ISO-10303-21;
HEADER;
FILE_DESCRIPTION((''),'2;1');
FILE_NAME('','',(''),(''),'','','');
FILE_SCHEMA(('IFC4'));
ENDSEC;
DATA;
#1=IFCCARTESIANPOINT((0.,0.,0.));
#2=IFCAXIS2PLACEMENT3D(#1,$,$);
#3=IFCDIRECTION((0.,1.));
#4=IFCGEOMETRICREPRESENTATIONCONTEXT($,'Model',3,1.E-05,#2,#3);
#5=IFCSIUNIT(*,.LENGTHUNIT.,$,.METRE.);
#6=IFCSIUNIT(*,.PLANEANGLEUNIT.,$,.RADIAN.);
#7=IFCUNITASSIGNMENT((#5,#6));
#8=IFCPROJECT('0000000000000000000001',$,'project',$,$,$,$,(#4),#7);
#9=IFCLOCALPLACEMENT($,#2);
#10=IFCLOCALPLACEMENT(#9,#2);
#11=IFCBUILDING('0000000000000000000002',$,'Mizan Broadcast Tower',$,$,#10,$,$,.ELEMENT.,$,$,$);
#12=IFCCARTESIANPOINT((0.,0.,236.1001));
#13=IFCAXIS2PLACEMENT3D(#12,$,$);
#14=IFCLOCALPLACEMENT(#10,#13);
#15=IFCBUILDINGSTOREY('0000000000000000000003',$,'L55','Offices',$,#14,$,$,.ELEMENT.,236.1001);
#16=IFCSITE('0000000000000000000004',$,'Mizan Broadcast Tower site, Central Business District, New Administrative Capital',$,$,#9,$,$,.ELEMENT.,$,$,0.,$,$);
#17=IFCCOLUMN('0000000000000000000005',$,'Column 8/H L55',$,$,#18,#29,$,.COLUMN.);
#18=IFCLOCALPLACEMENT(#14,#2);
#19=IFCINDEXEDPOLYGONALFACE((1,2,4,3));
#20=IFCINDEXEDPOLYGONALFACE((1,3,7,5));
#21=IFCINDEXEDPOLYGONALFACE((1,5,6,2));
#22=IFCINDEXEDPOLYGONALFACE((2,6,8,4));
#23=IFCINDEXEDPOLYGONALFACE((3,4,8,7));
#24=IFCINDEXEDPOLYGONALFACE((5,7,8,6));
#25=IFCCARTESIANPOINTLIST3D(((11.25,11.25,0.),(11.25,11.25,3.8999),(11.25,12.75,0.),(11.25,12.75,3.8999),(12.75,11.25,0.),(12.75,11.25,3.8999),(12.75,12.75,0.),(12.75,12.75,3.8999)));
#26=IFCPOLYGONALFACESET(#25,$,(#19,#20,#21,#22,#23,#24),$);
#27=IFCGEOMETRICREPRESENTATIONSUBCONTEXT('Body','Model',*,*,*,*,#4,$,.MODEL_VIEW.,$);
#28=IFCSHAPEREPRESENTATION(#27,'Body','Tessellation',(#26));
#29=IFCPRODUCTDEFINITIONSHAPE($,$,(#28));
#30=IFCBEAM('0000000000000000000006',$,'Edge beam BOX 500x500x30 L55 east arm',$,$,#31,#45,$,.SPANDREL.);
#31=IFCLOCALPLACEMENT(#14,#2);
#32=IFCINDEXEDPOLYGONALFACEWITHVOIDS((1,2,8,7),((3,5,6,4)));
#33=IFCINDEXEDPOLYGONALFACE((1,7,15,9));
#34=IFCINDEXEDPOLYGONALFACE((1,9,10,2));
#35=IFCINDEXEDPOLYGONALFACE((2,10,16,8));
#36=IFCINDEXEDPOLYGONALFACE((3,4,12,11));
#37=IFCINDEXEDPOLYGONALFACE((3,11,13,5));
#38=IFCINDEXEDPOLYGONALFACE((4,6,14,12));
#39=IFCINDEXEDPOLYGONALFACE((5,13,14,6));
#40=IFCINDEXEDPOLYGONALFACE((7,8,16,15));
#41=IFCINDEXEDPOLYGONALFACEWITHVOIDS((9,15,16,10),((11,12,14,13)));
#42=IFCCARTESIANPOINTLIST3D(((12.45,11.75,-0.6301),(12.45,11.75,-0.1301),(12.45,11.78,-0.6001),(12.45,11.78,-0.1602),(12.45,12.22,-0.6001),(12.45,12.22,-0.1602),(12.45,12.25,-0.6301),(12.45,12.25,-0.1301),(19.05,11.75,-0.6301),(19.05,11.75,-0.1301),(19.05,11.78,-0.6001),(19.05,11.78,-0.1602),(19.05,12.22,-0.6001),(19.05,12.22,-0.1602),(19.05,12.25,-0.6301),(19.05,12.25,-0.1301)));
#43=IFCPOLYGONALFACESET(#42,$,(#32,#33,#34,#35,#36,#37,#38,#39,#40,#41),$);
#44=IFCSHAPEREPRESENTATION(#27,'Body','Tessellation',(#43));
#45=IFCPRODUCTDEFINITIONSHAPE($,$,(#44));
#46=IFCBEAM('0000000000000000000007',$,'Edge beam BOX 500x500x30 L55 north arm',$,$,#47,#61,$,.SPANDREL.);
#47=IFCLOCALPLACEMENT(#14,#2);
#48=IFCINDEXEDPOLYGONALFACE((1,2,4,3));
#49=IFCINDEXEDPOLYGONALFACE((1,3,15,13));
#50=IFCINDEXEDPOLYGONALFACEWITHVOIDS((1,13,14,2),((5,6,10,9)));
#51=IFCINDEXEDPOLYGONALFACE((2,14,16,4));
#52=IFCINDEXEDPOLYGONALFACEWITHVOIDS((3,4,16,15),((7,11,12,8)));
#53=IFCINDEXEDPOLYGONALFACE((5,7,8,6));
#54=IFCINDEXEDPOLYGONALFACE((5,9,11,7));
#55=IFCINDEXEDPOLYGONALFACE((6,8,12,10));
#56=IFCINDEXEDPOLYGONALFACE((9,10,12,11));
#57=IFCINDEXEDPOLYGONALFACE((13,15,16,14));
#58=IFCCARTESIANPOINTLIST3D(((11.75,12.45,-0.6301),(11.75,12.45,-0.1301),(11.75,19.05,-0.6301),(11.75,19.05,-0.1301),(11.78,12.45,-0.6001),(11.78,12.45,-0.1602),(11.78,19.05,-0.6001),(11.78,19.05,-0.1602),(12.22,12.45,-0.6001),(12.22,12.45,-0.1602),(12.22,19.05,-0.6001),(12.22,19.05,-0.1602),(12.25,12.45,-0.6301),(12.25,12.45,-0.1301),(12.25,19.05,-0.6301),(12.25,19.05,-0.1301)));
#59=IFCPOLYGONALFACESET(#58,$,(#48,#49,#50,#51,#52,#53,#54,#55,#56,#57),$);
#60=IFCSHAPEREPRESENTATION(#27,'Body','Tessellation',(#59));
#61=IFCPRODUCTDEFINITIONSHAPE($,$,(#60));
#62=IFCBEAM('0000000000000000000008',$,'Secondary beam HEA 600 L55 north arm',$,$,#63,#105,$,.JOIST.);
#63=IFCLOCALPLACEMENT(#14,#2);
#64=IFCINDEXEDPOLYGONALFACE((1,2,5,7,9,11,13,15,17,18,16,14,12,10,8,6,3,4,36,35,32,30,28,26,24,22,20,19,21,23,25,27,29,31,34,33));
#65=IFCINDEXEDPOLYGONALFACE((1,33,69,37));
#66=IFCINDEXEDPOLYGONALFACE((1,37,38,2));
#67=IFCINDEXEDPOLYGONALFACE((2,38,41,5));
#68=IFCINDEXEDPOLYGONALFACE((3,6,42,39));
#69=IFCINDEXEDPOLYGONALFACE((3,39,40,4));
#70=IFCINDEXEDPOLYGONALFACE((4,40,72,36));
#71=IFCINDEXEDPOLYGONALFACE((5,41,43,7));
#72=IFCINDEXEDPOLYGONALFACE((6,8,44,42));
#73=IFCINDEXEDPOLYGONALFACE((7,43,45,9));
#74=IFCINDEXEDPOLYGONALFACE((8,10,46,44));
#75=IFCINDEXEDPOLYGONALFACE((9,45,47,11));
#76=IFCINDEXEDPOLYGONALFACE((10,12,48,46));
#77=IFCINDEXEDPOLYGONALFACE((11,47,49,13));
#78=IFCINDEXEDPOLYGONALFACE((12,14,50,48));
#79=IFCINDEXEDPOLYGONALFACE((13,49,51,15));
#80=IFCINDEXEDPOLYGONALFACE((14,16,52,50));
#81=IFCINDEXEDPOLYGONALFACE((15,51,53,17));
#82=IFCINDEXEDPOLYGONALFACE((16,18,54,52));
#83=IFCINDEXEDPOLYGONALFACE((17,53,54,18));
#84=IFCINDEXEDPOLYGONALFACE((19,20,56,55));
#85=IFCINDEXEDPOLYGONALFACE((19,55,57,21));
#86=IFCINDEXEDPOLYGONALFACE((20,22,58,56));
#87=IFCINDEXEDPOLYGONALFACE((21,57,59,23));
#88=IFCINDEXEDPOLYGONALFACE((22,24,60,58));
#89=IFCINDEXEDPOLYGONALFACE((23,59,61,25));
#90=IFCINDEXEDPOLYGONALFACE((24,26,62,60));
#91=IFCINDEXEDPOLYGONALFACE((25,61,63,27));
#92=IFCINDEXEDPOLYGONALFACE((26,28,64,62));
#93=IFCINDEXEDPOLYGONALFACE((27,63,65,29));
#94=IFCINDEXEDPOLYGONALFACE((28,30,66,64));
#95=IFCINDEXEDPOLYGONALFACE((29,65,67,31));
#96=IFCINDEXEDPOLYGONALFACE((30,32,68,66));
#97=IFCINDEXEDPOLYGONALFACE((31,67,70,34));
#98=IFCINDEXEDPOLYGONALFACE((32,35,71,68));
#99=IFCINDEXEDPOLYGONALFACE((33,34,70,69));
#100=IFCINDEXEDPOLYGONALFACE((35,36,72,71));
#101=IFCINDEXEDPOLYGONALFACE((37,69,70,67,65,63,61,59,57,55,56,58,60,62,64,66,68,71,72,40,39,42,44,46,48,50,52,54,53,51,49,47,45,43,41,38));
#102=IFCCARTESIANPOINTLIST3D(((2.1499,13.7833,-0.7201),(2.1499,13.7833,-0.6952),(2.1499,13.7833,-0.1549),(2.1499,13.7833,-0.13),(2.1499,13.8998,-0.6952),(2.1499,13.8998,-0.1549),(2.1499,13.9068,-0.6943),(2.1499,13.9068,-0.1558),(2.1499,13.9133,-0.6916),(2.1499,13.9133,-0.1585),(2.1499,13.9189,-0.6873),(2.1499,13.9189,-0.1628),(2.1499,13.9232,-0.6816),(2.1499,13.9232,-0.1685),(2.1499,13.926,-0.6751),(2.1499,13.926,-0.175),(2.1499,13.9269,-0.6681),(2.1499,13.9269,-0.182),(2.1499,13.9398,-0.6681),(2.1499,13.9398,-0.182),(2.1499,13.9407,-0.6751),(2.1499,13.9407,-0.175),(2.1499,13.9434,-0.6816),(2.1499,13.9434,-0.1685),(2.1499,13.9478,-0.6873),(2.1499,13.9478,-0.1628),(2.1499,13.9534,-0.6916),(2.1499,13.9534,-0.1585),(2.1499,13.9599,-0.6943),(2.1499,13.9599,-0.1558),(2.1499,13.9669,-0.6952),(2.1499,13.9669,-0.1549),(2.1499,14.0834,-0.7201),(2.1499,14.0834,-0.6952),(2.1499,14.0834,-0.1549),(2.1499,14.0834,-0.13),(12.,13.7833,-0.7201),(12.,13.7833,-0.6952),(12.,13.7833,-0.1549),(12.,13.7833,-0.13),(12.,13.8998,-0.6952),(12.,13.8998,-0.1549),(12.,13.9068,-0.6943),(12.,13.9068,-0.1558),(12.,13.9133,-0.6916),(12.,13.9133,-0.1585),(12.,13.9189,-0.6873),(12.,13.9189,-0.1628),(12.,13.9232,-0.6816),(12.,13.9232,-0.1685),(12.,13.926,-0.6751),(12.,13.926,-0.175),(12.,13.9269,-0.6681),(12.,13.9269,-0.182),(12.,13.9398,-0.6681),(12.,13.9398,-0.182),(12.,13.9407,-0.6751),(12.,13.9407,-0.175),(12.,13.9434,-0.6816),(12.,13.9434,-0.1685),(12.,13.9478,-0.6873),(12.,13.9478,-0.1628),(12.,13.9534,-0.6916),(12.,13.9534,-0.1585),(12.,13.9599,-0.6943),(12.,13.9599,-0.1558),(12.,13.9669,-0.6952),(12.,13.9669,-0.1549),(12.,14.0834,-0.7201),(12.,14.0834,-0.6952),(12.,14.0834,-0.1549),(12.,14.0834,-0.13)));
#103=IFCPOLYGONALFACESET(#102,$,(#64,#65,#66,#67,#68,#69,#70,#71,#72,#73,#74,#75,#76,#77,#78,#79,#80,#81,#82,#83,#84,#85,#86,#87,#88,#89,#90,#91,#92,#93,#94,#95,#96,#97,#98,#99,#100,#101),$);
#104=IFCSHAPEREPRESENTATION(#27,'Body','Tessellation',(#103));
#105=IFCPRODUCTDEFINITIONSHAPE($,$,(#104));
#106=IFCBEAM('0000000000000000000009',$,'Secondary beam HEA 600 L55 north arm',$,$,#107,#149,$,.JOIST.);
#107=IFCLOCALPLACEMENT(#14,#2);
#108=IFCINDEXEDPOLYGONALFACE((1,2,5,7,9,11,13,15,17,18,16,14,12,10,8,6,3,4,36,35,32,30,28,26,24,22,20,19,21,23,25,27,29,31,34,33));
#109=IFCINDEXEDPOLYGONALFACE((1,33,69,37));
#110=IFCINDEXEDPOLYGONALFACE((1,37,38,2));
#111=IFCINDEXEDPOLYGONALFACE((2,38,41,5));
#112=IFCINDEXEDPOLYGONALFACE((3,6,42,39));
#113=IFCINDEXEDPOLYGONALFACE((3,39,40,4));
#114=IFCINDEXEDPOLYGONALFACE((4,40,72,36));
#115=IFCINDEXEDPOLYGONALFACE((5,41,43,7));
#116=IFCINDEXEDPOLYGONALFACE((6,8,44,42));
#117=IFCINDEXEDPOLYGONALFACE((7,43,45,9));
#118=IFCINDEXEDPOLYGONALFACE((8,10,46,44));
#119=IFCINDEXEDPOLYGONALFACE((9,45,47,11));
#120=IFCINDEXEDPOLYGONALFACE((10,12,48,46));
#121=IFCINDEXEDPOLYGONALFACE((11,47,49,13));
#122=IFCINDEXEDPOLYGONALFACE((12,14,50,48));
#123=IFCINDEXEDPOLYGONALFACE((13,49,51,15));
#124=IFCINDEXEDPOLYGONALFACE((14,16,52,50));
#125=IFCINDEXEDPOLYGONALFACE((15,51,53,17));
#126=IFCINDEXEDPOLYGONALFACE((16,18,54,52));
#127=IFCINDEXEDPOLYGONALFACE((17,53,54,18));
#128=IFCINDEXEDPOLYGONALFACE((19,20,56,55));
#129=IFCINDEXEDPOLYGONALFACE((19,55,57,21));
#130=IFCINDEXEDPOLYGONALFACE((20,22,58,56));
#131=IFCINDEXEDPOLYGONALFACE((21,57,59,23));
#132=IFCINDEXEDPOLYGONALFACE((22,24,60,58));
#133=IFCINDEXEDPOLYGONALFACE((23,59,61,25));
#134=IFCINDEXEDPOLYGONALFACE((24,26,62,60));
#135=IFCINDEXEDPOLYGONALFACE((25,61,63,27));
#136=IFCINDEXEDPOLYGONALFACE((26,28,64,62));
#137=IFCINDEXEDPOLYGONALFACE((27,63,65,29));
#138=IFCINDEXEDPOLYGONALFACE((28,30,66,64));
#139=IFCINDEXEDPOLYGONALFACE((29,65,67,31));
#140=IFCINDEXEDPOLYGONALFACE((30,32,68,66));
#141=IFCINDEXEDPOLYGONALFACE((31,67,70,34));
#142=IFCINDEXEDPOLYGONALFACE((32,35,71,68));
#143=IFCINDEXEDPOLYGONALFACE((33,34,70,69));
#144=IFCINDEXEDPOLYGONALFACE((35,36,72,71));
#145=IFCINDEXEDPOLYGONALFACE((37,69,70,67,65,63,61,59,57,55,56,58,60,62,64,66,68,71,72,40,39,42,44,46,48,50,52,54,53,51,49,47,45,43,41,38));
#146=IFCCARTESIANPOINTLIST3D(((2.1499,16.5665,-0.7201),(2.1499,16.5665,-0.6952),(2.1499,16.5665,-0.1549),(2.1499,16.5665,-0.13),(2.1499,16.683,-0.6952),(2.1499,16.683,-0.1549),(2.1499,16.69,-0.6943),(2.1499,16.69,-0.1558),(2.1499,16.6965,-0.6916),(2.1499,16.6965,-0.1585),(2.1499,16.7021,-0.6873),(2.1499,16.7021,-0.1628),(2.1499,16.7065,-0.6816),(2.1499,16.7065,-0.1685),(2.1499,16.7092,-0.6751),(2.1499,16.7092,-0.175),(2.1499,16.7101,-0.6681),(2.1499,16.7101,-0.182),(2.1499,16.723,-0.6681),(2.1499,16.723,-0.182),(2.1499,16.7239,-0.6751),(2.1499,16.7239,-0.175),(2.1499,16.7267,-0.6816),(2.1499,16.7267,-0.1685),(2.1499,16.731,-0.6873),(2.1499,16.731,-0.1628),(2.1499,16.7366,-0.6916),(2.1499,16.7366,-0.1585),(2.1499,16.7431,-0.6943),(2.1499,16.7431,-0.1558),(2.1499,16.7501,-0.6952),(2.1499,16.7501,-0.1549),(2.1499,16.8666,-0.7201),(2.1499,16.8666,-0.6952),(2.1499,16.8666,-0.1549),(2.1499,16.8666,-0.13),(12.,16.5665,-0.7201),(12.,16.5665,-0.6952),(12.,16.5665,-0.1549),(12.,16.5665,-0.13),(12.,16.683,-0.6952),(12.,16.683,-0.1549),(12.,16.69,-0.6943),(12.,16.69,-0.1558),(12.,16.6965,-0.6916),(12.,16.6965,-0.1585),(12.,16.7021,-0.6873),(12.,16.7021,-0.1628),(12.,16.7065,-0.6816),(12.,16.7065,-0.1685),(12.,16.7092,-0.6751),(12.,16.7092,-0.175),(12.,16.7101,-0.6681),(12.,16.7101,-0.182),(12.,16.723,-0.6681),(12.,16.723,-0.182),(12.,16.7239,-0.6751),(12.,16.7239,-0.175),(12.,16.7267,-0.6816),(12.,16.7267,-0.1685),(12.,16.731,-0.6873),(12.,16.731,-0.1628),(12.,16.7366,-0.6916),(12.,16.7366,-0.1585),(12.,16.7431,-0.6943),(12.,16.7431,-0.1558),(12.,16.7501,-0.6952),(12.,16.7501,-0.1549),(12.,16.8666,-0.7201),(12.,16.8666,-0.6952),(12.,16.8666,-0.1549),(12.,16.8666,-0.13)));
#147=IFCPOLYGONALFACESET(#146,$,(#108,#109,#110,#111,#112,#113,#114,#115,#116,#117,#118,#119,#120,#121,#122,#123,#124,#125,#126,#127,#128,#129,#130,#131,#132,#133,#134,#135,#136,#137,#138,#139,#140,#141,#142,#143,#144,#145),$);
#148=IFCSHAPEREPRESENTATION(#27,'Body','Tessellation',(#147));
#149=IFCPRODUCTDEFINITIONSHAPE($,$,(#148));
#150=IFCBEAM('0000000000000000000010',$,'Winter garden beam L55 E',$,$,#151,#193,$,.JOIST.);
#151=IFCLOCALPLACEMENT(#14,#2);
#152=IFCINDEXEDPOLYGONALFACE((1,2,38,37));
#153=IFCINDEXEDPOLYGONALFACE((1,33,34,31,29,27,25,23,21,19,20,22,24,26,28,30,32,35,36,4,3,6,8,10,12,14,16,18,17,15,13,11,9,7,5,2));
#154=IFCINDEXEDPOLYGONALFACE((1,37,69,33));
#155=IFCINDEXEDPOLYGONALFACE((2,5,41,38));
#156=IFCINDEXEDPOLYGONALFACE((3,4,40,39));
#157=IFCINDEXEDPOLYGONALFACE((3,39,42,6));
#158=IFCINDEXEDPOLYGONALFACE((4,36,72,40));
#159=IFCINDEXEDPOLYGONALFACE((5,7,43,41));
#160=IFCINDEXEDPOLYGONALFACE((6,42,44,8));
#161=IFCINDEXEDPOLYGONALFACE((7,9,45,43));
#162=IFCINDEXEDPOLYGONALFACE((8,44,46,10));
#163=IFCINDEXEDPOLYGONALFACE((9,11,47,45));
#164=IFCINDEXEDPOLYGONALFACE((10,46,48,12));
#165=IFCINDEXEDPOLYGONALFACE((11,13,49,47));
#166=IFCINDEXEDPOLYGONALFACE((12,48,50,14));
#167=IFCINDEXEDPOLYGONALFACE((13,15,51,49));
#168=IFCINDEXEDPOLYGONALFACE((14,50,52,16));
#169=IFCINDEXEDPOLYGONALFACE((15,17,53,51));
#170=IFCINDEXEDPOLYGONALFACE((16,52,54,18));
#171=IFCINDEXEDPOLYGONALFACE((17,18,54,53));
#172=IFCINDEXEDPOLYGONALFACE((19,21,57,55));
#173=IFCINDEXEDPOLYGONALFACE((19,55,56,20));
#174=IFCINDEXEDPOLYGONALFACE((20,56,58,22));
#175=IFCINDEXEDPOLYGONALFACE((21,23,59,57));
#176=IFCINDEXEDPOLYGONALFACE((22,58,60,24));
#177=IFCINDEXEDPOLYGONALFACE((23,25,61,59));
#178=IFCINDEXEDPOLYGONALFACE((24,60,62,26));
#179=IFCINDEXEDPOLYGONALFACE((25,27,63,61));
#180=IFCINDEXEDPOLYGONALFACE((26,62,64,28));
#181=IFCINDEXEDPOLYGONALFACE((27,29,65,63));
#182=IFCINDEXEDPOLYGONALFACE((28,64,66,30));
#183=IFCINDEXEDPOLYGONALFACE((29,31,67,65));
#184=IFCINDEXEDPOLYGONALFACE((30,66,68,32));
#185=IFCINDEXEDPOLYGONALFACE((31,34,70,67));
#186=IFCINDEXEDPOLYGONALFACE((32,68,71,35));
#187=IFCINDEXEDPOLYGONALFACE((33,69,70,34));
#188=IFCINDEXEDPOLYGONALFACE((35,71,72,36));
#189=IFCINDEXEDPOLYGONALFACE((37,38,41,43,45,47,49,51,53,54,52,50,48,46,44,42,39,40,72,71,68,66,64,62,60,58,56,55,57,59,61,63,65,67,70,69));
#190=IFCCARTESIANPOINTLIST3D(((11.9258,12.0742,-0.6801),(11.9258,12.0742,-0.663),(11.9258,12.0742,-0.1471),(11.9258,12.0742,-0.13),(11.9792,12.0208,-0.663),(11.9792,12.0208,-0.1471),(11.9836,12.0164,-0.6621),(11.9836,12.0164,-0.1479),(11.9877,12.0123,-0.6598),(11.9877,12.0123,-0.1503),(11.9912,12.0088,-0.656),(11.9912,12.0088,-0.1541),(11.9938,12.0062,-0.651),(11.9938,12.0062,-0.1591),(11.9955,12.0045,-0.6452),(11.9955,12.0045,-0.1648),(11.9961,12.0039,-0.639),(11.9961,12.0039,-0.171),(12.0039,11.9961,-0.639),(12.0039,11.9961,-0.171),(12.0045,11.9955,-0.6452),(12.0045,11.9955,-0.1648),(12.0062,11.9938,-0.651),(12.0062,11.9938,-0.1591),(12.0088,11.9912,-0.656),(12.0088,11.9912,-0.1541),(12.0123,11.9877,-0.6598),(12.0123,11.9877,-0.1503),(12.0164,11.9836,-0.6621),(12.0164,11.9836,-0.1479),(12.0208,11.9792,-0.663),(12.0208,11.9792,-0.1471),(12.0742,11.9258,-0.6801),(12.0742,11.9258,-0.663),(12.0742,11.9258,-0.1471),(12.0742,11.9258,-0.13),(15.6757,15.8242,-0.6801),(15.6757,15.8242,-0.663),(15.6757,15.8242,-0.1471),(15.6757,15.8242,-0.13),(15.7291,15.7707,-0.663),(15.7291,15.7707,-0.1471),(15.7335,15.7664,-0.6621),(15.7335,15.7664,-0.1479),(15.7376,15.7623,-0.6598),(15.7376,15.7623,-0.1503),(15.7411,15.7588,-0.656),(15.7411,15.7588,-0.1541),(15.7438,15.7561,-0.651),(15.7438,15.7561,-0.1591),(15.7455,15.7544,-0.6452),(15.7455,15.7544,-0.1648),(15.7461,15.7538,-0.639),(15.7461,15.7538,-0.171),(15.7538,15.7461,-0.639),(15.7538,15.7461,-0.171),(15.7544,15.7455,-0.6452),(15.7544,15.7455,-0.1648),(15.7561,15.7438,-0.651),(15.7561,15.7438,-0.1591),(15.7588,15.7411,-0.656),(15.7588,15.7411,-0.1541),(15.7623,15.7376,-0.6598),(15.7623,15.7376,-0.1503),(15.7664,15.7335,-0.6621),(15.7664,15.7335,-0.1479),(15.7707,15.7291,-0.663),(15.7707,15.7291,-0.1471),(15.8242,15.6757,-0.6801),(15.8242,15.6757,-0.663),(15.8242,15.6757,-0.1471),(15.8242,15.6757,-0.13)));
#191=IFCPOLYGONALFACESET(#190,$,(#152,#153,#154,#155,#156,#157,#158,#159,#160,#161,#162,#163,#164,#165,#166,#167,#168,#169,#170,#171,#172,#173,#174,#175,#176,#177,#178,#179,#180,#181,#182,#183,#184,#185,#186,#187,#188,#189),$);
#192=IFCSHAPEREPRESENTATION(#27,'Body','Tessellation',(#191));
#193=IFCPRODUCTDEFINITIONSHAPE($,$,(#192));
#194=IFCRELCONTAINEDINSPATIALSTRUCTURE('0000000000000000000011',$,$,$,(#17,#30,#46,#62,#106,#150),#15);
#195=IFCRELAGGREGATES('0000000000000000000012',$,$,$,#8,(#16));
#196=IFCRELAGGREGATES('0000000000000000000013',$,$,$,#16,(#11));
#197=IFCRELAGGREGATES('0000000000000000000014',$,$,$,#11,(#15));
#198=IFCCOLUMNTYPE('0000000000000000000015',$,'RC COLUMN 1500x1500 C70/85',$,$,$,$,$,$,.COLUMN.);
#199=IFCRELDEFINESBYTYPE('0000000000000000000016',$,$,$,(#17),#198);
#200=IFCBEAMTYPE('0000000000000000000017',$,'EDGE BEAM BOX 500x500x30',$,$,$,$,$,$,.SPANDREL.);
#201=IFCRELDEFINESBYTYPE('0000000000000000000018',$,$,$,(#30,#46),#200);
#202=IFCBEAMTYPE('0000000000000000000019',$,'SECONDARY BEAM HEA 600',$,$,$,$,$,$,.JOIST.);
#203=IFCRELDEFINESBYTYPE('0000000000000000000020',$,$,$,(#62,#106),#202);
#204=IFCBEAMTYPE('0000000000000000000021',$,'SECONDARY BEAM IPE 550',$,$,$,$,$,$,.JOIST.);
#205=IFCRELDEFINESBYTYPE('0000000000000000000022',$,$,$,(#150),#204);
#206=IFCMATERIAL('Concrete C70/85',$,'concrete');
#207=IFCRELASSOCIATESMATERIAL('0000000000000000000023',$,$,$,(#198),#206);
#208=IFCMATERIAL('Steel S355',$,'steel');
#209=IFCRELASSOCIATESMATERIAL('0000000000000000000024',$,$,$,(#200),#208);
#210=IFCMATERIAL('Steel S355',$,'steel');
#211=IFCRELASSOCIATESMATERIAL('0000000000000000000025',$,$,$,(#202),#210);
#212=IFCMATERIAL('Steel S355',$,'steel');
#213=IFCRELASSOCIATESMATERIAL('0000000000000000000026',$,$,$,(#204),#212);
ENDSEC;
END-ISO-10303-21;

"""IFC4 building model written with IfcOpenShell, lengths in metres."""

from ifc_helpers import new_model, si_unit, direction, frame, origin, origin_2d, place, context, subcontext, project, spatial, rectangle, hollow_rectangle, i_section, extrude, material, material_profile, profile_set, type_object, element, save


model = new_model("IFC4")

# Units and contexts
model_context = context("Model", 3, precision=1e-05, world=origin(), true_north=direction((0.0, 1.0)))
body_context = subcontext(model_context, "Body", "Model", "MODEL_VIEW")
ifc_project = project(units=[si_unit("LENGTHUNIT", "METRE"), si_unit("PLANEANGLEUNIT", "RADIAN")], contexts=[model_context])

# Site, building, storey
site_placement = place(None, origin())
site = spatial("IfcSite", under=ifc_project, at=site_placement, Name="Mizan Broadcast Tower site, Central Business District, New Administrative Capital", CompositionType="ELEMENT", RefElevation=0.0)
building_placement = place(site_placement, origin())
building = spatial("IfcBuilding", under=site, at=building_placement, Name="Mizan Broadcast Tower", CompositionType="ELEMENT")
storey_placement = place(building_placement, frame((0.0, 0.0, 236.1001)))
storey = spatial("IfcBuildingStorey", under=building, at=storey_placement, Name="L55", Description="Offices", CompositionType="ELEMENT", Elevation=236.1001)

# Column
ifc_material_1 = material(Name="Concrete C70/85", Category="concrete")
ifc_material_profile_1 = material_profile(ifc_material_1, rectangle(XDim=1.5, YDim=1.5, at=origin_2d()), Name="RC 1500x1500")
ifc_profile_set_1 = profile_set([ifc_material_profile_1], Name="Concrete C70/85")
column_type = type_object("IfcColumnType", Name="RC COLUMN 1500x1500 C70/85", PredefinedType="COLUMN", material=ifc_profile_set_1)
column_placement = place(storey_placement, frame((12.0, 12.0, 0.0), z_axis=(0.0, 0.0, 1.0), x_axis=(1.0, 0.0, 0.0)))
element("IfcColumn", 1, at=column_placement, inside=storey, type_object=column_type, Name="Column 8/H L55", PredefinedType="COLUMN", context=body_context, shape_type="SweptSolid", body=[
    extrude(rectangle(XDim=1.5, YDim=1.5, at=origin_2d()), origin(), (0.0, 0.0, 1.0), 3.8999),
])

# Beams
ifc_material_2 = material(Name="Steel S355", Category="steel")
ifc_material_profile_2 = material_profile(ifc_material_2, hollow_rectangle(XDim=0.5, YDim=0.5, WallThickness=0.03, at=origin_2d()), Name="BOX 500x500x30")
ifc_profile_set_2 = profile_set([ifc_material_profile_2], Name="Steel S355")
beam_type_1 = type_object("IfcBeamType", Name="EDGE BEAM BOX 500x500x30", PredefinedType="SPANDREL", material=ifc_profile_set_2)
for number, where, z_axis, x_axis, name in (
    (2, (12.45, 12.0, -0.3801), (1.0, 0.0, 0.0), (0.0, 1.0, 0.0), "Edge beam BOX 500x500x30 L55 east arm"),
    (3, (12.0, 12.45, -0.3801), (0.0, 1.0, 0.0), (-1.0, 0.0, 0.0), "Edge beam BOX 500x500x30 L55 north arm"),
):
    element("IfcBeam", number, at=place(storey_placement, frame(where, z_axis=z_axis, x_axis=x_axis)), inside=storey, type_object=beam_type_1, Name=name, PredefinedType="SPANDREL", context=body_context, shape_type="SweptSolid", body=[
        extrude(hollow_rectangle(XDim=0.5, YDim=0.5, WallThickness=0.03, at=origin_2d()), origin(), (0.0, 0.0, 1.0), 6.6001),
    ])
ifc_material_3 = material(Name="Steel S355", Category="steel")
ifc_material_profile_3 = material_profile(ifc_material_3, i_section(OverallWidth=0.3, OverallDepth=0.5901, WebThickness=0.0129, FlangeThickness=0.0249, FilletRadius=0.0271, at=origin_2d()), Name="HEA 600")
ifc_profile_set_3 = profile_set([ifc_material_profile_3], Name="Steel S355")
beam_type_2 = type_object("IfcBeamType", Name="SECONDARY BEAM HEA 600", PredefinedType="JOIST", material=ifc_profile_set_3)
for number, where, z_axis, x_axis, name in (
    (4, (12.0, 13.9333, -0.425), (-1.0, 0.0, 0.0), (0.0, -1.0, 0.0), "Secondary beam HEA 600 L55 north arm"),
    (5, (12.0, 16.7166, -0.425), (-1.0, 0.0, 0.0), (0.0, -1.0, 0.0), "Secondary beam HEA 600 L55 north arm"),
):
    element("IfcBeam", number, at=place(storey_placement, frame(where, z_axis=z_axis, x_axis=x_axis)), inside=storey, type_object=beam_type_2, Name=name, PredefinedType="JOIST", context=body_context, shape_type="SweptSolid", body=[
        extrude(i_section(OverallWidth=0.3, OverallDepth=0.5901, WebThickness=0.0129, FlangeThickness=0.0249, FilletRadius=0.0271, at=origin_2d()), origin(), (0.0, 0.0, 1.0), 9.8501),
    ])
ifc_material_4 = material(Name="Steel S355", Category="steel")
ifc_material_profile_4 = material_profile(ifc_material_4, i_section(OverallWidth=0.21, OverallDepth=0.55, WebThickness=0.011, FlangeThickness=0.0171, FilletRadius=0.0239, at=origin_2d()), Name="IPE 550")
ifc_profile_set_4 = profile_set([ifc_material_profile_4], Name="Steel S355")
beam_type_3 = type_object("IfcBeamType", Name="SECONDARY BEAM IPE 550", PredefinedType="JOIST", material=ifc_profile_set_4)
beam_placement = place(storey_placement, frame((12.0, 12.0, -0.405), z_axis=(0.707107, 0.707107, 0.0), x_axis=(-0.707107, 0.707107, 0.0)))
element("IfcBeam", 6, at=beam_placement, inside=storey, type_object=beam_type_3, Name="Winter garden beam L55 E", PredefinedType="JOIST", context=body_context, shape_type="SweptSolid", body=[
    extrude(i_section(OverallWidth=0.21, OverallDepth=0.55, WebThickness=0.011, FlangeThickness=0.0171, FilletRadius=0.0239, at=origin_2d()), origin(), (0.0, 0.0, 1.0), 5.3032),
])

save(model, "model.ifc")
